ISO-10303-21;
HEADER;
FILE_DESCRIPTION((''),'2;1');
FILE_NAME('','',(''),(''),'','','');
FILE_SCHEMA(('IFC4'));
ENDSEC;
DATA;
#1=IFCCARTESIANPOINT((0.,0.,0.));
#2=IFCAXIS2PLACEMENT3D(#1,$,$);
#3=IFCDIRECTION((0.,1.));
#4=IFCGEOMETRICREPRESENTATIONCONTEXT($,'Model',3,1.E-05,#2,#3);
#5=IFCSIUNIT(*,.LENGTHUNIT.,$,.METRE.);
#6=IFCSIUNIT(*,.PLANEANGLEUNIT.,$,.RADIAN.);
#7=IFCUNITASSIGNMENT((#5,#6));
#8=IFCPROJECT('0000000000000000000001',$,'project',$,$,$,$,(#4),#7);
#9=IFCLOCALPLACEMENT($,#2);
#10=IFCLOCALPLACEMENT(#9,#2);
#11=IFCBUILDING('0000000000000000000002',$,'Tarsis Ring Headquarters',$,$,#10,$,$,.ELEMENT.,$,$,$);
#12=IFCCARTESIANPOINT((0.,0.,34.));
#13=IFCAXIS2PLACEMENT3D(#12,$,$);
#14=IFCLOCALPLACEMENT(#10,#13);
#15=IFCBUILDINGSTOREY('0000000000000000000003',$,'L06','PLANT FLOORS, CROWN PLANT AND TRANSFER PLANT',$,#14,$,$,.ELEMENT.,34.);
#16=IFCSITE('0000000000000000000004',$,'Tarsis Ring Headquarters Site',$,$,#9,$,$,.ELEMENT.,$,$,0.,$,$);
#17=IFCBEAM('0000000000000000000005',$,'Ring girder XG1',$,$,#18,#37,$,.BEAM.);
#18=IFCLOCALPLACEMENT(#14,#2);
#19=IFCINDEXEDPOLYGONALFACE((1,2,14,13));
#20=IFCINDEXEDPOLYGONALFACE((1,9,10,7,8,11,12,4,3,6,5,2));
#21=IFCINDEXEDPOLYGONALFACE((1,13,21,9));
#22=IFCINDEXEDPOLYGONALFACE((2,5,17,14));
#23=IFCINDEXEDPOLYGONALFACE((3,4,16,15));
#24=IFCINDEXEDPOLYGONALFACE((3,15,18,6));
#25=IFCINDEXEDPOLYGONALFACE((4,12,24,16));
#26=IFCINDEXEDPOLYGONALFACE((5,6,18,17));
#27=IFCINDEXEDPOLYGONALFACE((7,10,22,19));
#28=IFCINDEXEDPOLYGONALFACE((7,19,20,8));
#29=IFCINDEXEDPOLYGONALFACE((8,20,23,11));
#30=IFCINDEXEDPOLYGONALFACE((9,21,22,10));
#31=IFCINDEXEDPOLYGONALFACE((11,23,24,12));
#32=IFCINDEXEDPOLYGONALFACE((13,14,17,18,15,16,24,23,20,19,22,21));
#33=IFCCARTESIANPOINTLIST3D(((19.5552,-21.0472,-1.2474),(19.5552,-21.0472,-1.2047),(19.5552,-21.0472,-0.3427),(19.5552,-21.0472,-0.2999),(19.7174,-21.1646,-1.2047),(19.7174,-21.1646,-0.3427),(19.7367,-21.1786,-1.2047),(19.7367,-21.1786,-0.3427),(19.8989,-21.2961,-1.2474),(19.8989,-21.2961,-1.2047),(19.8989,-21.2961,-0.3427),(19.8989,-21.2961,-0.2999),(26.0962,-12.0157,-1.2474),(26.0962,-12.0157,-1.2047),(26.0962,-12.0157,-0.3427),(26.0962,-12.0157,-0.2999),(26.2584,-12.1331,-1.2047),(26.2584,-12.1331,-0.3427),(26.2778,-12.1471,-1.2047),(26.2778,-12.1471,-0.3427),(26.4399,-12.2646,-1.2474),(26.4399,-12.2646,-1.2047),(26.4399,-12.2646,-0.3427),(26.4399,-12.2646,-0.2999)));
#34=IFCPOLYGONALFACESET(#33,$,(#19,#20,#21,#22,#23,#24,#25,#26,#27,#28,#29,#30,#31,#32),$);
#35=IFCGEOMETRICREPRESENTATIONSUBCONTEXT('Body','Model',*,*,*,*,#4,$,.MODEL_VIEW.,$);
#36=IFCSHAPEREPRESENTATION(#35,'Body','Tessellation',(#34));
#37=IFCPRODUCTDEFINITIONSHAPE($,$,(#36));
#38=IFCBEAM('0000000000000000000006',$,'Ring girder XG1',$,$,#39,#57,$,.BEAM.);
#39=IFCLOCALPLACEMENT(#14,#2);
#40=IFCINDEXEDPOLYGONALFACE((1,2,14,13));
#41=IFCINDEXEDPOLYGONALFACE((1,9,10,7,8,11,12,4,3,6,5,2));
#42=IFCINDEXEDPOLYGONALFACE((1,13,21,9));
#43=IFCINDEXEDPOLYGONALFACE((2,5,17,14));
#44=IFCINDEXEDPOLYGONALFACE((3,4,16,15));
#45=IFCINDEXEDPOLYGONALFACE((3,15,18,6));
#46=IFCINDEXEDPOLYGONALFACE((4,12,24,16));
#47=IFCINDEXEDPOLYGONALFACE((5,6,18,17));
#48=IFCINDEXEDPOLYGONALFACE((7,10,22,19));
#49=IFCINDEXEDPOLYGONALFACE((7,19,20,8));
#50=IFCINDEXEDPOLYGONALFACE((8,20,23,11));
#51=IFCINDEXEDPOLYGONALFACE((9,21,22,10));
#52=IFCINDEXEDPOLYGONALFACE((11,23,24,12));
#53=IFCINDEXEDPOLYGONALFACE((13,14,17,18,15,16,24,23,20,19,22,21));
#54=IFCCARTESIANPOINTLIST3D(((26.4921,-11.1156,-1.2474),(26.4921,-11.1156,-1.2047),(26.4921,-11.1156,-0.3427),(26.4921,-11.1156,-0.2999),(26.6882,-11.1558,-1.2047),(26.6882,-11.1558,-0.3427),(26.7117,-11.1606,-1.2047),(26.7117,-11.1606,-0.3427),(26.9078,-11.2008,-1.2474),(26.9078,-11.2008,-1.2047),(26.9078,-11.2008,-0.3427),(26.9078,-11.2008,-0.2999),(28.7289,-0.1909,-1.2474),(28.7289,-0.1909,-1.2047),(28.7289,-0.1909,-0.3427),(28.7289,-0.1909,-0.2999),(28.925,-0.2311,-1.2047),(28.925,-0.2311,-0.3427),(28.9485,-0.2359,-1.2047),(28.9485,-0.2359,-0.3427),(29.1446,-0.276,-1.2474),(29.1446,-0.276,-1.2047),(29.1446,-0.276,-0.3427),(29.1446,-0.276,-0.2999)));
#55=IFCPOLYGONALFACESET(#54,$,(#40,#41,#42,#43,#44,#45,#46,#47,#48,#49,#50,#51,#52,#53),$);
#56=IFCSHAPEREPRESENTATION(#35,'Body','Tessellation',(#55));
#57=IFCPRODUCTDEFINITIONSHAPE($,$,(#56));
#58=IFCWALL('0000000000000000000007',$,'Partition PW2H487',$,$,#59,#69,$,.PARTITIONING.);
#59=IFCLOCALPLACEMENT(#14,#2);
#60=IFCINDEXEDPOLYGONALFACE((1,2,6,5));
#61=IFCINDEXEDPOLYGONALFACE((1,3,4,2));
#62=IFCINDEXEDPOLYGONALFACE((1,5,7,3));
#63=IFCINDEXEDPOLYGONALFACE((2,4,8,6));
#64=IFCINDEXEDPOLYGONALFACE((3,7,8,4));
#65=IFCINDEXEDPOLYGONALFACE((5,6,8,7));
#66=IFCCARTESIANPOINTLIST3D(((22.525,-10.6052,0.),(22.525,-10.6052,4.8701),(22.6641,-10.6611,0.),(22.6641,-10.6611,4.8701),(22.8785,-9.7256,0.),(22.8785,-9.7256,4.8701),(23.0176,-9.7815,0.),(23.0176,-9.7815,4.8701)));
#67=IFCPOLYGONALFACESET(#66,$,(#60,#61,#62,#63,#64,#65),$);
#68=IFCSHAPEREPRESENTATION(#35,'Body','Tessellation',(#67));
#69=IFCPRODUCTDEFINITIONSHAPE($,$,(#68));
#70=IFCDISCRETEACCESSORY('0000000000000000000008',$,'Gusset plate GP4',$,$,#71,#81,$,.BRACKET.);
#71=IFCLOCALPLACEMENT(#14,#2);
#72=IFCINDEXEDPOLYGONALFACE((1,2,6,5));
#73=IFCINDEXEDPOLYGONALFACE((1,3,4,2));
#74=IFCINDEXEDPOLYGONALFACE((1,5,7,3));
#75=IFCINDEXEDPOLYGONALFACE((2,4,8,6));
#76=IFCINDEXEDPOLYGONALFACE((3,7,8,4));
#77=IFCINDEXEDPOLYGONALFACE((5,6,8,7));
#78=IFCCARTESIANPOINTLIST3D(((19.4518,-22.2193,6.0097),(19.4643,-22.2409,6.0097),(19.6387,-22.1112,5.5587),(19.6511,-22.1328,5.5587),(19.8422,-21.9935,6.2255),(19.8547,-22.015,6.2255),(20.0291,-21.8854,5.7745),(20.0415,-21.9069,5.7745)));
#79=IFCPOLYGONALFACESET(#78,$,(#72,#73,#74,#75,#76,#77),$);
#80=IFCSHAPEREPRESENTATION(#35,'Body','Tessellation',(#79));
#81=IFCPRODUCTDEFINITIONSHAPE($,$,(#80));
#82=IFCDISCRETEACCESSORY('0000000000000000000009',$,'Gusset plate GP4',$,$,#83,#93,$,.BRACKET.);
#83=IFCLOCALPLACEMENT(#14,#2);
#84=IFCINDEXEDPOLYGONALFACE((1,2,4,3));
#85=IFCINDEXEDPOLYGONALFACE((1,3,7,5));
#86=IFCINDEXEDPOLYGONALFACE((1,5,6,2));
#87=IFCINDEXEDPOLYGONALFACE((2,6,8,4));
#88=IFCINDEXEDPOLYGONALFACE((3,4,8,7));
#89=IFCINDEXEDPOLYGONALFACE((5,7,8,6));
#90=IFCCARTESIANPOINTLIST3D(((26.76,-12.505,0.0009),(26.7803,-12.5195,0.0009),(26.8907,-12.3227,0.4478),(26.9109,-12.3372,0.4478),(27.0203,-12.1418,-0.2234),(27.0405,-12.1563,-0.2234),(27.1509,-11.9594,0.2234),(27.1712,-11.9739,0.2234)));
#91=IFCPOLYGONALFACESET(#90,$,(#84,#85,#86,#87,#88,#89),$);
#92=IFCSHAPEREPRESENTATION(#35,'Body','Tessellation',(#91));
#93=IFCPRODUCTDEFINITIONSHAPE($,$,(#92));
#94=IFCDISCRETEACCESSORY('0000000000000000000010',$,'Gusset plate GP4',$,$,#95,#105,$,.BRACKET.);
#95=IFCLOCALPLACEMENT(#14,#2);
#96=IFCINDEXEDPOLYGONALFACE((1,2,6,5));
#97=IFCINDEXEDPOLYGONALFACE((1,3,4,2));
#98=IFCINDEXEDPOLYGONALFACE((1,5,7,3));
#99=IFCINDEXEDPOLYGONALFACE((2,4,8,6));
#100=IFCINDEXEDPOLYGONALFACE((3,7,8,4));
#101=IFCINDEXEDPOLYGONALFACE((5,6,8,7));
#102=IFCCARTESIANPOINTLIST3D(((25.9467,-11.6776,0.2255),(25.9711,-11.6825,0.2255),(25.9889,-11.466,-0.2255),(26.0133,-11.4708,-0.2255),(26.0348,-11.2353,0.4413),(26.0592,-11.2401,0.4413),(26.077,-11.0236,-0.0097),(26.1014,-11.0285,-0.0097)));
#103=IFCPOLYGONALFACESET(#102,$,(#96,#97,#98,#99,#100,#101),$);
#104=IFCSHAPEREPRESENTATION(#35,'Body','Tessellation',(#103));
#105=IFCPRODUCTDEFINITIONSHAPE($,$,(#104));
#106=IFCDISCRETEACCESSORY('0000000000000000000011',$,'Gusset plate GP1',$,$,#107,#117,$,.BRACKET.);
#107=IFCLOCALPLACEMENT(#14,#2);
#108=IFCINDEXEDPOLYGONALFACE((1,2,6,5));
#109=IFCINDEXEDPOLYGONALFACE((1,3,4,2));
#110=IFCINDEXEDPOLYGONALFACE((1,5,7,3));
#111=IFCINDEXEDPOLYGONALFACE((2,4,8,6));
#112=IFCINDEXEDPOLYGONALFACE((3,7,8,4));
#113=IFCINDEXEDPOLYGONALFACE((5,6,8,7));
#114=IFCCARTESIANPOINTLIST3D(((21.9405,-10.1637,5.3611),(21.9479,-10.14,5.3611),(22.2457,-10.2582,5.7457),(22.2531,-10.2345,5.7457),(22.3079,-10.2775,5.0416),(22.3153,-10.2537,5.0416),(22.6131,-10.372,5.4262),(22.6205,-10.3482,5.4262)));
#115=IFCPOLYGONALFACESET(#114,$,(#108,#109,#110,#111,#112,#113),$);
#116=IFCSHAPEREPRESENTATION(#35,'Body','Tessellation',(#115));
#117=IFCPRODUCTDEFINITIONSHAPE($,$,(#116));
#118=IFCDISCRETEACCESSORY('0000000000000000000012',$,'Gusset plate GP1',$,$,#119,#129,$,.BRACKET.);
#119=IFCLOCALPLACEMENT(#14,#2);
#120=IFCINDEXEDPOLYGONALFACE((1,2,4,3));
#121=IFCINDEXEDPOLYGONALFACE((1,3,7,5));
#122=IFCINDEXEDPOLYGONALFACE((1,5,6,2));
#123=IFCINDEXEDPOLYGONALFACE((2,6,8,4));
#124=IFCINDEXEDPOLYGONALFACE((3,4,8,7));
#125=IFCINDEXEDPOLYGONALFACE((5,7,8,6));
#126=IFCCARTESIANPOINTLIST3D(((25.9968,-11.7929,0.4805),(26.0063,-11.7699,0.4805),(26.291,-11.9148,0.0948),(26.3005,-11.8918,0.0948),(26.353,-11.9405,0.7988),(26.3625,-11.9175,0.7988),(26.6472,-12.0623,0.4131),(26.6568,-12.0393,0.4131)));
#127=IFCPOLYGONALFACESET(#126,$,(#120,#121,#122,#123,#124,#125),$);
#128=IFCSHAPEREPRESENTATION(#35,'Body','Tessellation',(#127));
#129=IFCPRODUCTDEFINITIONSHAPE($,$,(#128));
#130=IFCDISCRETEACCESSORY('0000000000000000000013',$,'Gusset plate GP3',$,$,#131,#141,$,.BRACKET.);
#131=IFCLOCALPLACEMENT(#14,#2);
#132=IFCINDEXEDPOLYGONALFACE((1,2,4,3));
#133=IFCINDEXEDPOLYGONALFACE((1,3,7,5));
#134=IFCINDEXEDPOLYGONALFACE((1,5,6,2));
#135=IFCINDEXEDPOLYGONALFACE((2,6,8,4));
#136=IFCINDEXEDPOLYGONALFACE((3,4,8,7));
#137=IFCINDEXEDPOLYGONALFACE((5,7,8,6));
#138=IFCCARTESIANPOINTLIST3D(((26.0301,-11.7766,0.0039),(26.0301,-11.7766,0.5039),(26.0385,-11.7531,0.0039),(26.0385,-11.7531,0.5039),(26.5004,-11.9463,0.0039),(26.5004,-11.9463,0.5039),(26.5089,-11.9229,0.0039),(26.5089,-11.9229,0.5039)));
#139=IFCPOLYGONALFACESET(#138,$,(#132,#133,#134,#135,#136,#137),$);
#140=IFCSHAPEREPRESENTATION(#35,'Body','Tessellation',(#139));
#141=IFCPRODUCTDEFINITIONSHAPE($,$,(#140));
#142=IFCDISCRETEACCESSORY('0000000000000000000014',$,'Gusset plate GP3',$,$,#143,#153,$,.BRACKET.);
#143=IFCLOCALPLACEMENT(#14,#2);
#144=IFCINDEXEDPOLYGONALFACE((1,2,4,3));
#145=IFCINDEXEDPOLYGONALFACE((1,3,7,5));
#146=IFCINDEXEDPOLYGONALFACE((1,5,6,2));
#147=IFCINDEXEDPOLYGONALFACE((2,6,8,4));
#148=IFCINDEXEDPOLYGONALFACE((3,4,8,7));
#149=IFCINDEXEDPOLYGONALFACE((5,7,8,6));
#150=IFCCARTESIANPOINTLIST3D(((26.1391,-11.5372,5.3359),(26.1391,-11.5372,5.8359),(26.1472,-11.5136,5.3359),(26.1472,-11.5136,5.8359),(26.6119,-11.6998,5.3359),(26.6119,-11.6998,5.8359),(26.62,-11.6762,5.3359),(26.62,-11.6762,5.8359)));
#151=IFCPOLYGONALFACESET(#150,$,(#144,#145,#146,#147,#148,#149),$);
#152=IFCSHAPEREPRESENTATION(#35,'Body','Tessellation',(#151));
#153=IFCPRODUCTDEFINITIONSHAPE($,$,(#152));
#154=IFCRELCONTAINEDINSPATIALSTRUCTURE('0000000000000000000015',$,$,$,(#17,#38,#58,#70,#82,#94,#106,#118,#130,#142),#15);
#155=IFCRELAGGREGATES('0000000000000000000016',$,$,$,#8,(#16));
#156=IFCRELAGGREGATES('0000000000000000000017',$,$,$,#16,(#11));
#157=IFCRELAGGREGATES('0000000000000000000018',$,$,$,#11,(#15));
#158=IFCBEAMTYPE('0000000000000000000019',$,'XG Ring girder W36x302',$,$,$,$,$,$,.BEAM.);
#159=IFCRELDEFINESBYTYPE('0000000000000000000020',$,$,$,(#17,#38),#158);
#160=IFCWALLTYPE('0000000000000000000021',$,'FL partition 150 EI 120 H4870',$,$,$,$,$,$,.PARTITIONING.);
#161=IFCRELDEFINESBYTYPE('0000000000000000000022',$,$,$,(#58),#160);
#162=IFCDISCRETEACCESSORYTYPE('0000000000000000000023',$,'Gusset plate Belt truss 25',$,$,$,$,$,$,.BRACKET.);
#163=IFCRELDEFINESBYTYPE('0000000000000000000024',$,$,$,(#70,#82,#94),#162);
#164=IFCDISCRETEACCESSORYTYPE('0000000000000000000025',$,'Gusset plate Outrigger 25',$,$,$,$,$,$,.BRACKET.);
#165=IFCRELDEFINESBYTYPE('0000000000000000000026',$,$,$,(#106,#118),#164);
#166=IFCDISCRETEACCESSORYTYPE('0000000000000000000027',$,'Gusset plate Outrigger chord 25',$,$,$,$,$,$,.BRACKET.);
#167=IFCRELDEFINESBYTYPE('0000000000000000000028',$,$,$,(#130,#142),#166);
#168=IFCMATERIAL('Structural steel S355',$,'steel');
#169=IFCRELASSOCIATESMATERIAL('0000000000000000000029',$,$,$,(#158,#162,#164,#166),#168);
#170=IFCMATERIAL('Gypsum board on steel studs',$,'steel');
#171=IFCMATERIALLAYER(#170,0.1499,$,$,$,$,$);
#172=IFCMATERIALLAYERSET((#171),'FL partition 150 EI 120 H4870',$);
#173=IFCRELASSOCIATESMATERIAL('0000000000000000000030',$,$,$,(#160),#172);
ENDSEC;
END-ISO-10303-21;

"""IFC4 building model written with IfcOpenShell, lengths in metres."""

from ifc_helpers import new_model, si_unit, direction, frame, frame_2d, origin, origin_2d, place, context, subcontext, project, spatial, rectangle, i_section, extrude, material, layer, layer_set, material_profile, profile_set, type_object, element, save


model = new_model("IFC4")

# Units and contexts
model_context = context("Model", 3, precision=1e-05, world=origin(), true_north=direction((0.0, 1.0)))
body_context = subcontext(model_context, "Body", "Model", "MODEL_VIEW")
ifc_project = project(units=[si_unit("LENGTHUNIT", "METRE"), si_unit("PLANEANGLEUNIT", "RADIAN")], contexts=[model_context])

# Site, building, storey
site_placement = place(None, origin())
site = spatial("IfcSite", under=ifc_project, at=site_placement, Name="Tarsis Ring Headquarters Site", CompositionType="ELEMENT", RefElevation=0.0)
building_placement = place(site_placement, origin())
building = spatial("IfcBuilding", under=site, at=building_placement, Name="Tarsis Ring Headquarters", CompositionType="ELEMENT")
storey_placement = place(building_placement, frame((0.0, 0.0, 34.0)))
storey = spatial("IfcBuildingStorey", under=building, at=storey_placement, Name="L06", Description="PLANT FLOORS, CROWN PLANT AND TRANSFER PLANT", CompositionType="ELEMENT", Elevation=34.0)

# Shared definitions
ifc_material_1 = material(Name="Structural steel S355", Category="steel")

# Beams
ifc_material_profile_1 = material_profile(ifc_material_1, i_section(OverallWidth=0.4243, OverallDepth=0.9475, WebThickness=0.0239, FlangeThickness=0.0427, at=origin_2d()), Name="W36x302")
ifc_profile_set_1 = profile_set([ifc_material_profile_1], Name="Structural steel S355")
beam_type = type_object("IfcBeamType", Name="XG Ring girder W36x302", PredefinedType="BEAM", material=ifc_profile_set_1)
for number, where, z_axis, x_axis, name in (
    (1, (19.7271, -21.1716, -0.7737), (0.586567, 0.809901, 0.0), (-0.809901, 0.586567, 0.0), "Ring girder XG1"),
    (2, (26.7, -11.1582, -0.7737), (0.200585, 0.979676, 0.0), (-0.979676, 0.200585, 0.0), "Ring girder XG1"),
):
    element("IfcBeam", number, at=place(storey_placement, frame(where, z_axis=z_axis, x_axis=x_axis)), inside=storey, type_object=beam_type, Name=name, PredefinedType="BEAM", context=body_context, shape_type="SweptSolid", body=[
        extrude(i_section(OverallWidth=0.4243, OverallDepth=0.9475, WebThickness=0.0239, FlangeThickness=0.0427, at=origin_2d()), origin(), (0.0, 0.0, 1.0), 11.1514),
    ])

# Wall
ifc_material_2 = material(Name="Gypsum board on steel studs", Category="steel")
ifc_layer = layer(ifc_material_2, 0.1499)
ifc_layer_set = layer_set([ifc_layer], Name="FL partition 150 EI 120 H4870")
wall_type = type_object("IfcWallType", Name="FL partition 150 EI 120 H4870", PredefinedType="PARTITIONING", material=ifc_layer_set)
wall_placement = place(storey_placement, frame((22.5945, -10.6333, 0.0), z_axis=(0.0, 0.0, 1.0), x_axis=(0.3729, 0.927872, 0.0)))
element("IfcWall", 3, at=wall_placement, inside=storey, type_object=wall_type, Name="Partition PW2H487", PredefinedType="PARTITIONING", context=body_context, shape_type="SweptSolid", body=[
    extrude(rectangle(XDim=0.948, YDim=0.1499, at=frame_2d((0.4741, 0.0))), origin(), (0.0, 0.0, 1.0), 4.8701),
])

# Discrete accessories
ifc_material_profile_2 = material_profile(ifc_material_1, rectangle(XDim=0.0249, YDim=0.5, at=origin_2d()), Name="PL 25x500")
ifc_profile_set_2 = profile_set([ifc_material_profile_2], Name="Structural steel S355")
discrete_accessory_type_1 = type_object("IfcDiscreteAccessoryType", Name="Gusset plate Belt truss 25", PredefinedType="BRACKET", material=ifc_profile_set_2)
for number, where, z_axis, x_axis, name in (
    (4, (19.9419, -21.9502, 6.0), (-0.780801, -0.451683, -0.431662), (0.500737, -0.865599, 0.0), "Gusset plate GP4"),
    (5, (27.0957, -12.0579, 0.0), (-0.520461, -0.726497, 0.44869), (0.812921, -0.582375, 0.0), "Gusset plate GP4"),
    (6, (25.98, -11.5742, 0.0), (0.176252, 0.884679, 0.431599), (-0.980726, 0.195387, 0.0), "Gusset plate GP4"),
):
    element("IfcDiscreteAccessory", number, at=place(storey_placement, frame(where, z_axis=z_axis, x_axis=x_axis)), inside=storey, type_object=discrete_accessory_type_1, Name=name, PredefinedType="BRACKET", context=body_context, shape_type="SweptSolid", body=[
        extrude(rectangle(XDim=0.0249, YDim=0.5, at=origin_2d()), origin(), (0.0, 0.0, 1.0), 0.5),
    ])
discrete_accessory_type_2 = type_object("IfcDiscreteAccessoryType", Name="Gusset plate Outrigger 25", PredefinedType="BRACKET", material=ifc_profile_set_2)
discrete_accessory_1_placement = place(storey_placement, frame((22.4331, -10.3032, 5.5859), z_axis=(-0.610454, 0.188997, -0.769172), x_axis=(-0.29575, -0.955265, 0.0)))
element("IfcDiscreteAccessory", 7, at=discrete_accessory_1_placement, inside=storey, type_object=discrete_accessory_type_2, Name="Gusset plate GP1", PredefinedType="BRACKET", context=body_context, shape_type="SweptSolid", body=[
    extrude(rectangle(XDim=0.0249, YDim=0.5, at=origin_2d()), origin(), (0.0, 0.0, 1.0), 0.5),
])
discrete_accessory_2_placement = place(storey_placement, frame((26.4739, -11.9771, 0.2539), z_axis=(-0.58816, 0.243562, 0.771197), x_axis=(-0.3826, -0.923914, 0.0)))
element("IfcDiscreteAccessory", 8, at=discrete_accessory_2_placement, inside=storey, type_object=discrete_accessory_type_2, Name="Gusset plate GP1", PredefinedType="BRACKET", context=body_context, shape_type="SweptSolid", body=[
    extrude(rectangle(XDim=0.0249, YDim=0.5, at=origin_2d()), origin(), (0.0, 0.0, 1.0), 0.5002),
])
discrete_accessory_type_3 = type_object("IfcDiscreteAccessoryType", Name="Gusset plate Outrigger chord 25", PredefinedType="BRACKET", material=ifc_profile_set_2)
for number, where, z_axis, x_axis, name in (
    (9, (26.5046, -11.9346, 0.2539), (-0.940632, 0.339428, 0.0), (-0.339428, -0.940632, 0.0), "Gusset plate GP3"),
    (10, (26.616, -11.688, 5.5859), (-0.945663, 0.325148, 0.0), (-0.325148, -0.945663, 0.0), "Gusset plate GP3"),
):
    element("IfcDiscreteAccessory", number, at=place(storey_placement, frame(where, z_axis=z_axis, x_axis=x_axis)), inside=storey, type_object=discrete_accessory_type_3, Name=name, PredefinedType="BRACKET", context=body_context, shape_type="SweptSolid", body=[
        extrude(rectangle(XDim=0.0249, YDim=0.5, at=origin_2d()), origin(), (0.0, 0.0, 1.0), 0.5),
    ])

save(model, "model.ifc")
